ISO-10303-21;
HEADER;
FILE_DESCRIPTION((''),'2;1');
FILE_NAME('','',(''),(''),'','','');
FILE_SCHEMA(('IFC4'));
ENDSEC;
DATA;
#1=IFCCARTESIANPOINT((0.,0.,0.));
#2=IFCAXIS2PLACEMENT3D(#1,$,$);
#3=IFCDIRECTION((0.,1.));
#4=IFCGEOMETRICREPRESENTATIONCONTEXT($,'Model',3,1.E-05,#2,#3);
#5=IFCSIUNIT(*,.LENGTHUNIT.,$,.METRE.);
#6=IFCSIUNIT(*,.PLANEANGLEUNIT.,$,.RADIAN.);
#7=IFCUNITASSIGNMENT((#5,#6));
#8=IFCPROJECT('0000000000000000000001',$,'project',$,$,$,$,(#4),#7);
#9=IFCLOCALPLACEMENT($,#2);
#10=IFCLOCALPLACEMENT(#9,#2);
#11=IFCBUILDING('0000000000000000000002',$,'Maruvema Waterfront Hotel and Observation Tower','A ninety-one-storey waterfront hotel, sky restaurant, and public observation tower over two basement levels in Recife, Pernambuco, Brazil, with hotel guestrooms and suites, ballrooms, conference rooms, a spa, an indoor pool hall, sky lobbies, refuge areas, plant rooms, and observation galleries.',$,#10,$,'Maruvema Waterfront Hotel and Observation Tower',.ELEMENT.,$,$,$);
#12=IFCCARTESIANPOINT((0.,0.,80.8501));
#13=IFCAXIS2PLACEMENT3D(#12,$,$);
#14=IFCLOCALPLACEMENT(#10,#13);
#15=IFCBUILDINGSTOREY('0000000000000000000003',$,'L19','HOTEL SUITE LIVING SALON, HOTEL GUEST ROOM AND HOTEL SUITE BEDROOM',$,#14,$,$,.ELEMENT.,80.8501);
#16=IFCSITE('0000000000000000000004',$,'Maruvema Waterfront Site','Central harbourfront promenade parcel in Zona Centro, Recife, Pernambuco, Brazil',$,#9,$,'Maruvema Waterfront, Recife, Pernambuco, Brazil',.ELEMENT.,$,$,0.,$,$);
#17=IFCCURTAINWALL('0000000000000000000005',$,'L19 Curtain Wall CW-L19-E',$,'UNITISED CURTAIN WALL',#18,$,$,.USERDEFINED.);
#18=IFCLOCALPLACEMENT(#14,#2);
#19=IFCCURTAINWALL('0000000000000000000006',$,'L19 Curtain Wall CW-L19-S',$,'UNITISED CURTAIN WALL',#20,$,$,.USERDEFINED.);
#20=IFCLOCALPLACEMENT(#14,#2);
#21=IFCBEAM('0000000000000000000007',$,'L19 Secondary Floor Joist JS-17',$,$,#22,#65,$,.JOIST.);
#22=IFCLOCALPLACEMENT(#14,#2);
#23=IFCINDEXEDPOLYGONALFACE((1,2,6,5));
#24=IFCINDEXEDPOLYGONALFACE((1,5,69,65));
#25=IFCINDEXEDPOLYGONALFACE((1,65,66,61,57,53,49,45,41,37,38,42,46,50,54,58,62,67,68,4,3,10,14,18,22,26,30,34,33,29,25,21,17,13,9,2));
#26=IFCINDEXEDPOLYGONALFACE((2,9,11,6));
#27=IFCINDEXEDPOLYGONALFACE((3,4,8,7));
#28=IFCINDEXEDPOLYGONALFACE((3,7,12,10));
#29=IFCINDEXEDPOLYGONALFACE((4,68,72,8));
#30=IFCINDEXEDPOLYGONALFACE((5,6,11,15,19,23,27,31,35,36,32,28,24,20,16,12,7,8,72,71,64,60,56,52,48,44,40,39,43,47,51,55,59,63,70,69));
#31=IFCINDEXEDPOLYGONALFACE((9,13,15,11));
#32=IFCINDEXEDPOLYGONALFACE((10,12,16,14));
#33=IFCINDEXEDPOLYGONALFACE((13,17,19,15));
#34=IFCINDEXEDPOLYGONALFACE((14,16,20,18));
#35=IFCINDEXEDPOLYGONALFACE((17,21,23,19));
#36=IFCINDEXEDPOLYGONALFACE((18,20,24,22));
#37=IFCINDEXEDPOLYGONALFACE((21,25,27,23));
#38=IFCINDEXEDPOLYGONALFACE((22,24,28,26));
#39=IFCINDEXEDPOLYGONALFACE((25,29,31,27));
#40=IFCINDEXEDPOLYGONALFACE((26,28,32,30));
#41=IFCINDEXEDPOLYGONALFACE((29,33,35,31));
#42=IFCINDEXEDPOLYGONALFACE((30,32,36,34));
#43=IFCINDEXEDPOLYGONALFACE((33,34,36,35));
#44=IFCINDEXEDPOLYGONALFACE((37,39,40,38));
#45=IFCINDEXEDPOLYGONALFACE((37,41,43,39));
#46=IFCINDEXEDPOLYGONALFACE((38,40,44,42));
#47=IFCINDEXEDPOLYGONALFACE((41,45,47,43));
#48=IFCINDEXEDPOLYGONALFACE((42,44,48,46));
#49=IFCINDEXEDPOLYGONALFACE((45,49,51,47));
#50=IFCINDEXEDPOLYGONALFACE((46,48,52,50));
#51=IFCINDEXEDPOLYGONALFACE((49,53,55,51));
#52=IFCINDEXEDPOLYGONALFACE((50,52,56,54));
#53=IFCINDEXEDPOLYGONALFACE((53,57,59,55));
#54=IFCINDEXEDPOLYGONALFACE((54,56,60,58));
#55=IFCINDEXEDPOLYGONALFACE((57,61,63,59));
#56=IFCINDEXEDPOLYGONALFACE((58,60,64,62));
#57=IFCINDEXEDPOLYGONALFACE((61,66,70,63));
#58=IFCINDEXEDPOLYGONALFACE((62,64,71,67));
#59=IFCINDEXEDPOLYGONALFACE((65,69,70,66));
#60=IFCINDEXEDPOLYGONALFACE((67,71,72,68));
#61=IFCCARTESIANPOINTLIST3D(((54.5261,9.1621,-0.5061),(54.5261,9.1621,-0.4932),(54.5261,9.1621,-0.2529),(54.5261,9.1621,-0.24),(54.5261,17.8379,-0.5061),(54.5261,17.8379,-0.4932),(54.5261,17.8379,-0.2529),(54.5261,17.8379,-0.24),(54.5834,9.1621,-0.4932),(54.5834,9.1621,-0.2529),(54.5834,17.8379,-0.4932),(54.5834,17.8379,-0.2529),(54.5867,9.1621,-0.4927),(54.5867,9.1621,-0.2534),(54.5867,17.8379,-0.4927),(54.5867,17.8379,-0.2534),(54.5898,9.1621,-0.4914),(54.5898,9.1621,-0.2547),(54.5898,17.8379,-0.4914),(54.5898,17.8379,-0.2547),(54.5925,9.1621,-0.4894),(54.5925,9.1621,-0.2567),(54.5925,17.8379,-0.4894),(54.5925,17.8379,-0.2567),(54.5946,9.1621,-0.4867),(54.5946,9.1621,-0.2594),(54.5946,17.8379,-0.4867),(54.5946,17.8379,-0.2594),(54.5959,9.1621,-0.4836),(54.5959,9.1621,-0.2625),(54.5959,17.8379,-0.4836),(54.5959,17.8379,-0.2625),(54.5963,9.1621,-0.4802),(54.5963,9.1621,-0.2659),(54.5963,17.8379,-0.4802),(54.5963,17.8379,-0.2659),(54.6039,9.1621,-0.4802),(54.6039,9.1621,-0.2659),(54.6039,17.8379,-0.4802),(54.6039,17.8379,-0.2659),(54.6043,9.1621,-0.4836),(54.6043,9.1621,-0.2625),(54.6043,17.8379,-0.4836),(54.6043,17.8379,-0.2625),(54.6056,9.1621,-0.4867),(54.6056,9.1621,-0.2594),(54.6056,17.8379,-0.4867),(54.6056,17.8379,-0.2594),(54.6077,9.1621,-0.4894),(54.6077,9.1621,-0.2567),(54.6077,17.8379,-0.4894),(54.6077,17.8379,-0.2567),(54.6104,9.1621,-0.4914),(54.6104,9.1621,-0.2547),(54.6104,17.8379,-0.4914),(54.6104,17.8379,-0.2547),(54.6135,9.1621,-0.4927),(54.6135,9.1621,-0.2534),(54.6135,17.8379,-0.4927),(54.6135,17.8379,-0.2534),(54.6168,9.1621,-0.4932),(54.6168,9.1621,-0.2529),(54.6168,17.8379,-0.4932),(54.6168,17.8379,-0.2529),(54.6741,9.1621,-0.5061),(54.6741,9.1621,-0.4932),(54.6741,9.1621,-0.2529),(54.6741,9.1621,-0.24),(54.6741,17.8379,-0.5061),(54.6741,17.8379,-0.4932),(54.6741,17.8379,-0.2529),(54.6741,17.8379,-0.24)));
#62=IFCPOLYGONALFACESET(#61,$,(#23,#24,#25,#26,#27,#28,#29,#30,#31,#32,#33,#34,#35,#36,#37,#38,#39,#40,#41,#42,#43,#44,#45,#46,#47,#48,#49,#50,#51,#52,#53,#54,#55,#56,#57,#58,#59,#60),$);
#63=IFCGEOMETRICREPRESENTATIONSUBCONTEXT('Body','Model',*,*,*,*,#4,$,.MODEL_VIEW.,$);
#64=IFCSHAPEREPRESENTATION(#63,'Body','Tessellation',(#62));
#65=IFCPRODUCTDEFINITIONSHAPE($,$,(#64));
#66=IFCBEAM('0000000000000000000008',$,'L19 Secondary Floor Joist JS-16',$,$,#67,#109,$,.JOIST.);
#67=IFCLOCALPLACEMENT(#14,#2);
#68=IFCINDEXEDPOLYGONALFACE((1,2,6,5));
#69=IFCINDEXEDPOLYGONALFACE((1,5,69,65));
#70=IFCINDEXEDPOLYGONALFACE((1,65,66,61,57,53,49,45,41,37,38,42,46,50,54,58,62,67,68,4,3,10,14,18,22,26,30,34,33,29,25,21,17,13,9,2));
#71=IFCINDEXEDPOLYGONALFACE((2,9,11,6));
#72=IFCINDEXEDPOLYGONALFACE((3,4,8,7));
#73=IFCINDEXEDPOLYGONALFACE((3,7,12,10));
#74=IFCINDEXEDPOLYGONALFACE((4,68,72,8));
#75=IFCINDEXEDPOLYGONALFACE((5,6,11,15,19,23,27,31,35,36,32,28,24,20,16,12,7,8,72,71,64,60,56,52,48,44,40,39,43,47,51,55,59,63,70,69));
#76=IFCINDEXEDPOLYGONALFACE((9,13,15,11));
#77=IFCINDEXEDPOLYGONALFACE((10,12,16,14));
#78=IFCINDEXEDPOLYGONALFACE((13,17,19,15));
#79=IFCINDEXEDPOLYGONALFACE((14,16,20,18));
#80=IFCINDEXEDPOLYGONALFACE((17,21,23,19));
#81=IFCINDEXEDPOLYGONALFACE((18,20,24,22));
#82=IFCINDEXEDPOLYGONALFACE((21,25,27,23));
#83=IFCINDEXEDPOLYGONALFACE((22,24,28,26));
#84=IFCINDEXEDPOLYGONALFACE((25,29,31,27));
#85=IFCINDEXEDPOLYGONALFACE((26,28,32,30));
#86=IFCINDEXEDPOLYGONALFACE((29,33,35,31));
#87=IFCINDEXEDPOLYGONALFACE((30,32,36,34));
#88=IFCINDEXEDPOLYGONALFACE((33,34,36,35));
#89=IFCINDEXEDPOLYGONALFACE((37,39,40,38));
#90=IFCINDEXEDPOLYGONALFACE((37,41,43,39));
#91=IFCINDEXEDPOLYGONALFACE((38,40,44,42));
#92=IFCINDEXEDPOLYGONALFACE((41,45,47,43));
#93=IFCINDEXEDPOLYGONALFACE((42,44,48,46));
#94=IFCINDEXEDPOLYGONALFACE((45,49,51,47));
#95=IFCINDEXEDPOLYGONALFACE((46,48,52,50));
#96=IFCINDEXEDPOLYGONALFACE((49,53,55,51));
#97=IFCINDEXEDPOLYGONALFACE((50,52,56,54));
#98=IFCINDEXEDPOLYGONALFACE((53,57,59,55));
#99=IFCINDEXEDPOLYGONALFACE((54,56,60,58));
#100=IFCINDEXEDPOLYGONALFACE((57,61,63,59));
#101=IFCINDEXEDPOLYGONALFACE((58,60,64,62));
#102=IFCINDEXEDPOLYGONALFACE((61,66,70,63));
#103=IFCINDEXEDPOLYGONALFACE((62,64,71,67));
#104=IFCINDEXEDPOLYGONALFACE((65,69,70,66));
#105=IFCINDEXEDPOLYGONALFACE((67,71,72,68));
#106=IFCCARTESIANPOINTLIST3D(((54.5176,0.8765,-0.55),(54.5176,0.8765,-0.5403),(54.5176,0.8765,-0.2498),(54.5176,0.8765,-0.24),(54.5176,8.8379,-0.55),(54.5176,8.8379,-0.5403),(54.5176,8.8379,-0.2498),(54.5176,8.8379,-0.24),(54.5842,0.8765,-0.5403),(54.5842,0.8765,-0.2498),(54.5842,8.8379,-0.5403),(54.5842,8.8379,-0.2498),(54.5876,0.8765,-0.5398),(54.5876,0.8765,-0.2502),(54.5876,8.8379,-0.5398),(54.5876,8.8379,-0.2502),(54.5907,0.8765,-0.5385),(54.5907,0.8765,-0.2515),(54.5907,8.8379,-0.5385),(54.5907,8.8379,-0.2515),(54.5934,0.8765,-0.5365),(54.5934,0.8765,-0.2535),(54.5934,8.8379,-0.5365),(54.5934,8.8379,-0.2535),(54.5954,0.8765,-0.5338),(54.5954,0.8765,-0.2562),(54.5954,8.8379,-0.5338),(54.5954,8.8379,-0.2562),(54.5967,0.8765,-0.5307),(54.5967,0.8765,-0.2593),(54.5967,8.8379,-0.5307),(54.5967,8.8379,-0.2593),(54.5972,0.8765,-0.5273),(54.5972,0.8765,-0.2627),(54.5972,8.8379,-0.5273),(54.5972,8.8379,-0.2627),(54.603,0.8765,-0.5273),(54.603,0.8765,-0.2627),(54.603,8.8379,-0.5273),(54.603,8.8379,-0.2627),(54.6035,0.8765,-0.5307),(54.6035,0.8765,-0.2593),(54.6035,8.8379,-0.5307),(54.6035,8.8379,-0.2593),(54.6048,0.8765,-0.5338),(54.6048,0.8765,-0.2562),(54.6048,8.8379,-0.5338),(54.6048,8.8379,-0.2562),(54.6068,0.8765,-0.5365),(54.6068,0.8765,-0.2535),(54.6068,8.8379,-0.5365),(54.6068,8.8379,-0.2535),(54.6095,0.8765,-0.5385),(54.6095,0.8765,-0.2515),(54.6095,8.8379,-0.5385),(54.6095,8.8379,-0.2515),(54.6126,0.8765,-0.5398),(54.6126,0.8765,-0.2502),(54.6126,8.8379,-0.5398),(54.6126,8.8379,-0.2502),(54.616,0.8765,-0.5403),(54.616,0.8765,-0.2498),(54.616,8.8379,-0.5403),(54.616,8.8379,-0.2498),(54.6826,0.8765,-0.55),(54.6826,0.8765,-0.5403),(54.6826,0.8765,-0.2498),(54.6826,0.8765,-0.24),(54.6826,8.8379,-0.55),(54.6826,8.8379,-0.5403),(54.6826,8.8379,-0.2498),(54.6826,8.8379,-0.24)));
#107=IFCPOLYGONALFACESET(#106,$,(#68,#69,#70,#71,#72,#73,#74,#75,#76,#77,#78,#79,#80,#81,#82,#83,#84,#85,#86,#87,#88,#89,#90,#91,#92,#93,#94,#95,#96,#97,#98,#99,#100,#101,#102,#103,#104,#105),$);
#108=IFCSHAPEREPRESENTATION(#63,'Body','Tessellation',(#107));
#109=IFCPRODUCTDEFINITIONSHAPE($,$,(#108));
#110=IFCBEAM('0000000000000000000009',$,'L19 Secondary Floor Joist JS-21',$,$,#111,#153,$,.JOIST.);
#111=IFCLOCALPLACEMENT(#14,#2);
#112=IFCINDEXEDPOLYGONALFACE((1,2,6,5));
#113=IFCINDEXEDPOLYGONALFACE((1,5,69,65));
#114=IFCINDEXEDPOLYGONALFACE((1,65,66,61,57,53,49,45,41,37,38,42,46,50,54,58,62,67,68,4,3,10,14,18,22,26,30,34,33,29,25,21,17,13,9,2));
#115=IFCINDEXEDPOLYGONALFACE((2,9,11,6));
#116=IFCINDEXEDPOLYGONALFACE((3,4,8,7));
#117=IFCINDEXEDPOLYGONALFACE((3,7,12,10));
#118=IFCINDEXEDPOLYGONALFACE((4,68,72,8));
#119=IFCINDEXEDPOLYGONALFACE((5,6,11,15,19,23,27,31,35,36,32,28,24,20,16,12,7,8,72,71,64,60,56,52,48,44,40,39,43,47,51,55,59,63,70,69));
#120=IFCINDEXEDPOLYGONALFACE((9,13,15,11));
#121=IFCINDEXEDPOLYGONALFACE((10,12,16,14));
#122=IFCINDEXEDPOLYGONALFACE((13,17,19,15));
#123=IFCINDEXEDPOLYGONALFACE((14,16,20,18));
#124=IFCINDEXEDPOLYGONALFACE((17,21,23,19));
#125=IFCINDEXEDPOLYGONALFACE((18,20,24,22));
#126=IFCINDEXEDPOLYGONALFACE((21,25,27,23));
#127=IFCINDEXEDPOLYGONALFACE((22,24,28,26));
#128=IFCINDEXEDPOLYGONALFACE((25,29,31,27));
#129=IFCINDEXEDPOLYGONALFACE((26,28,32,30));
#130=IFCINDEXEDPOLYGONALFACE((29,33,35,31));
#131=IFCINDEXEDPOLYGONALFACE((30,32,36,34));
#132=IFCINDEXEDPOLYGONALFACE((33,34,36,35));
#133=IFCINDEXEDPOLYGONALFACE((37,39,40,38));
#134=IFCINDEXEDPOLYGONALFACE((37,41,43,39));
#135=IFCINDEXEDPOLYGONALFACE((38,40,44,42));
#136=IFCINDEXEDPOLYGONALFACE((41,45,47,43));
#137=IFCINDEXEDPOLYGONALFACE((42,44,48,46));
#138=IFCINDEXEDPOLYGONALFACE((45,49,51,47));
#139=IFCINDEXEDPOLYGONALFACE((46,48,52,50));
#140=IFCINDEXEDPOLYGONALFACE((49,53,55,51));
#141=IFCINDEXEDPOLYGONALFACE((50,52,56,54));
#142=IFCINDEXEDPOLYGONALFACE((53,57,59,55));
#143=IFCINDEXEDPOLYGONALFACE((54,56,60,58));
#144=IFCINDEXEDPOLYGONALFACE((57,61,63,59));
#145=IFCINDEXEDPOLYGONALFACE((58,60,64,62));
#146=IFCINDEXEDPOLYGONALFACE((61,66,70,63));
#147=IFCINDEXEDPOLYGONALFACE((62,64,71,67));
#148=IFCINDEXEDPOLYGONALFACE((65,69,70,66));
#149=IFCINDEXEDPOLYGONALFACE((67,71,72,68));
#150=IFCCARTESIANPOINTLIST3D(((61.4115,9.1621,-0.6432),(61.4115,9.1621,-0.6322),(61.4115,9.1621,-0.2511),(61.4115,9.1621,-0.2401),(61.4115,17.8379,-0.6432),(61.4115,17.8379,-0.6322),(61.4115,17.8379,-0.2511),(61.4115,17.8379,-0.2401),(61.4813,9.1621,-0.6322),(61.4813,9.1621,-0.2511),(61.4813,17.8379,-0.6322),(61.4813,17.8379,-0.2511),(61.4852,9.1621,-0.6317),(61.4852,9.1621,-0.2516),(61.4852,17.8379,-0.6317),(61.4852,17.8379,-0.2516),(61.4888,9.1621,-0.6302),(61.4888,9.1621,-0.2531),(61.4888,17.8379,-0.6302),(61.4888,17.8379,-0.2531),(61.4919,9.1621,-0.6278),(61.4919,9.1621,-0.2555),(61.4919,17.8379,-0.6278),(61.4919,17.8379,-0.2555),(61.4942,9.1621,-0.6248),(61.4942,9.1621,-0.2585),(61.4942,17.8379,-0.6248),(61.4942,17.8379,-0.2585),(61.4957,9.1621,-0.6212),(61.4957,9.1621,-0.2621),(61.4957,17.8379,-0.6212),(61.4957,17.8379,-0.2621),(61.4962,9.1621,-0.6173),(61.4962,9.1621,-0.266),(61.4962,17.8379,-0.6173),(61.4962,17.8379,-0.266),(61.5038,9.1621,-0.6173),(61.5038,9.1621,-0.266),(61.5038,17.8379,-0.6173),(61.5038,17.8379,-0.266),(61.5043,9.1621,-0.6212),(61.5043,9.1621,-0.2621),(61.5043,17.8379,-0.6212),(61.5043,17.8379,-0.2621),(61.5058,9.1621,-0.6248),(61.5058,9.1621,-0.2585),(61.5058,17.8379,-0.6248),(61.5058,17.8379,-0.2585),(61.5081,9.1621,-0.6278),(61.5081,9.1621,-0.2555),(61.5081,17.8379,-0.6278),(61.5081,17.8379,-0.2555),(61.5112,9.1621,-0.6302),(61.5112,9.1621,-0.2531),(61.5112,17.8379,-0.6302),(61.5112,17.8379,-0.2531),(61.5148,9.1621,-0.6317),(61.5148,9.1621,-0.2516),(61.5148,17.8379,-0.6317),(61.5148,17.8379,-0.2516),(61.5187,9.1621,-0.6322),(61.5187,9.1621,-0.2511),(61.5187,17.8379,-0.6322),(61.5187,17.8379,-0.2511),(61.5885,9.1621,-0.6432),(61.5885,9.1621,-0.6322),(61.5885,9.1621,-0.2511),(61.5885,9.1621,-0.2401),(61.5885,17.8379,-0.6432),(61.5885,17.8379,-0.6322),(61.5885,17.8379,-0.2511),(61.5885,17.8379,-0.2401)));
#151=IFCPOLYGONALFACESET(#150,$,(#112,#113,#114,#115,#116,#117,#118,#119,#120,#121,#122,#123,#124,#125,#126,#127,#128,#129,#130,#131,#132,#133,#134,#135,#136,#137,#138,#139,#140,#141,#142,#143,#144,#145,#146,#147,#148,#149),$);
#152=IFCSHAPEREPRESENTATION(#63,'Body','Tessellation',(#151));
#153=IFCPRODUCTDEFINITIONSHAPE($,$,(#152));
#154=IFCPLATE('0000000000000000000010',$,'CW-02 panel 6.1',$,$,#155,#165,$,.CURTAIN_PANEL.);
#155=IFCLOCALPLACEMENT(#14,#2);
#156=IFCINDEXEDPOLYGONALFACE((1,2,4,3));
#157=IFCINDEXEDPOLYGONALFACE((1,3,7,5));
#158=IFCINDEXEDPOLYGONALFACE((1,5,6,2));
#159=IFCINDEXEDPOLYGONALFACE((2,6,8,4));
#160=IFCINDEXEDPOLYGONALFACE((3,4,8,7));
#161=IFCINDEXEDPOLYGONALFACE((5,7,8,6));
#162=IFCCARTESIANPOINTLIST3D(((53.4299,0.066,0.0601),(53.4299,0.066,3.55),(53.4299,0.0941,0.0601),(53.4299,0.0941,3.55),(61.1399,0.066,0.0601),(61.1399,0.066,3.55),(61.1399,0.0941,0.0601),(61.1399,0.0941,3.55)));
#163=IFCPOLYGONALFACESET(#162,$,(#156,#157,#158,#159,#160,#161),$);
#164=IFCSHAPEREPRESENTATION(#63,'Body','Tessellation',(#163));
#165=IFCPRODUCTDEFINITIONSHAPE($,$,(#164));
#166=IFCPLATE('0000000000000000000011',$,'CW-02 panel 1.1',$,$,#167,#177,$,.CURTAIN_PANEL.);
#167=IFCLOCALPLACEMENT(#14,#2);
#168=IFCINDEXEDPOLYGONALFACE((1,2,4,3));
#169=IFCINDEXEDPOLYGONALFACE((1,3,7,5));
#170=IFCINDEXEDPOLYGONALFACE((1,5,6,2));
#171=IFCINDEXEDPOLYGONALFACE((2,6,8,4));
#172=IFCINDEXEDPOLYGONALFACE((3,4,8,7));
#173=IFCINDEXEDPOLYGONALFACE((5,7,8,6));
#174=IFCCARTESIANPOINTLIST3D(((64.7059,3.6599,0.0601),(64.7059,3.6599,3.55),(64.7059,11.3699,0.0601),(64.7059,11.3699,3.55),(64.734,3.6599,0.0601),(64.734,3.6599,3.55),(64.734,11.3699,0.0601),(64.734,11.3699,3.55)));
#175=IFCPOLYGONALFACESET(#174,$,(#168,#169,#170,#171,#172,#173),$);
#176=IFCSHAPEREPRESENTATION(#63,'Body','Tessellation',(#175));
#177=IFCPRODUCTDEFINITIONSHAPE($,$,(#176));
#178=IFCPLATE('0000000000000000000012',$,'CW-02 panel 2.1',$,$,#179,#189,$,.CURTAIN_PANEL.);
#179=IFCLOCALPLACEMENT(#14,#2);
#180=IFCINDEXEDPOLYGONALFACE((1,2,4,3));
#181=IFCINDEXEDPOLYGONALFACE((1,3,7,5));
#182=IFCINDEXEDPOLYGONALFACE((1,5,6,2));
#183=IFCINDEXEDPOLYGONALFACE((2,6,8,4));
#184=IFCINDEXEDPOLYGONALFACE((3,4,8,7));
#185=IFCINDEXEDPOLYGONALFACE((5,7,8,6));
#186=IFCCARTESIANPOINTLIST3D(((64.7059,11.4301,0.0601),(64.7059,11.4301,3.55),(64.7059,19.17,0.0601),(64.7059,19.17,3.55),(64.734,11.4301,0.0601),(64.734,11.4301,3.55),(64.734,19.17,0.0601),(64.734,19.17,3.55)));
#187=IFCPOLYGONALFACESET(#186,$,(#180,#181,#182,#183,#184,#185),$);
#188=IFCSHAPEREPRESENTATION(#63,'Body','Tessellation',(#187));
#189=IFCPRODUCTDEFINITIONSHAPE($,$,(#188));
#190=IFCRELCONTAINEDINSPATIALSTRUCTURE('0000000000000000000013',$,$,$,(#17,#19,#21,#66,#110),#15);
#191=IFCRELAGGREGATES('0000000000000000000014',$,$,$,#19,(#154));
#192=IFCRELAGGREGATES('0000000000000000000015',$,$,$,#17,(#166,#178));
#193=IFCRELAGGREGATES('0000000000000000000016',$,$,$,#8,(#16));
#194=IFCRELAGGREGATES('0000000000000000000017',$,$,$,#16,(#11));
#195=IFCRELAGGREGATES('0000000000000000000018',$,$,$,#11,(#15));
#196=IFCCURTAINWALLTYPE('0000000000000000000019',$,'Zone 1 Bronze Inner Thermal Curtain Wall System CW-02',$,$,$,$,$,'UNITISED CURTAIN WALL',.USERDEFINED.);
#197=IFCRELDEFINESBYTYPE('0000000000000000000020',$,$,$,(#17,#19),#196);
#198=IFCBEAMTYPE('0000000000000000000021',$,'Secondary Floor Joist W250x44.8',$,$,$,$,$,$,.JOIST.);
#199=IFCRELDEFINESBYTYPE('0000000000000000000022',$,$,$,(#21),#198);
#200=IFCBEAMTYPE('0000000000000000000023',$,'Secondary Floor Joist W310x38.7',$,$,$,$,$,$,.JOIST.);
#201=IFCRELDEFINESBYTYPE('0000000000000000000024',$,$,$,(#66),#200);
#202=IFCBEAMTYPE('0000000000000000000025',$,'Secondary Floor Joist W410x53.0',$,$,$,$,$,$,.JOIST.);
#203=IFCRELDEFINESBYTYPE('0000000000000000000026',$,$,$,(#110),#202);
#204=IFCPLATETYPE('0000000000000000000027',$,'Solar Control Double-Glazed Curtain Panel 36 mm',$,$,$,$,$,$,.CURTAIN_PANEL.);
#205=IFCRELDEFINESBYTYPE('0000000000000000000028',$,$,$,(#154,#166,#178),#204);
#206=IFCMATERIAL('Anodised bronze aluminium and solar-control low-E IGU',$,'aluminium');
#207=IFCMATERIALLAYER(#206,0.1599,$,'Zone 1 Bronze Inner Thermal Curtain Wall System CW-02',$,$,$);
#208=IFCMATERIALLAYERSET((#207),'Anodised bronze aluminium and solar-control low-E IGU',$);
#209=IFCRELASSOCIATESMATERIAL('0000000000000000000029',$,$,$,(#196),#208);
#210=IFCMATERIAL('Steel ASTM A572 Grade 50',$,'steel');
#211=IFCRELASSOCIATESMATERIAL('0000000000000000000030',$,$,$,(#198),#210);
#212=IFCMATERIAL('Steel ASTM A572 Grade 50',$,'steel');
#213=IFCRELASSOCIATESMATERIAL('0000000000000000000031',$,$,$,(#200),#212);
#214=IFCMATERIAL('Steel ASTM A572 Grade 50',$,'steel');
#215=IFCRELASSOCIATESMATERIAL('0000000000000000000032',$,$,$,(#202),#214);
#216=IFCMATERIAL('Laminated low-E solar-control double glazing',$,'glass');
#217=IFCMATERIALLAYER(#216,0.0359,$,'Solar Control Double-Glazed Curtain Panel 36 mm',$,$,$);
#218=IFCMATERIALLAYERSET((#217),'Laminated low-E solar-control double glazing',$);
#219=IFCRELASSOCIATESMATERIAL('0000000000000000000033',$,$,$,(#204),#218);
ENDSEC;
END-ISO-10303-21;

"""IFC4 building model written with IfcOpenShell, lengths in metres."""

from ifc_helpers import new_model, si_unit, direction, frame, origin, origin_2d, place, context, subcontext, project, spatial, rectangle, i_section, extrude, material, layer, layer_set, material_profile, profile_set, type_object, element, aggregate, save


model = new_model("IFC4")

# Units and contexts
model_context = context("Model", 3, precision=1e-05, world=origin(), true_north=direction((0.0, 1.0)))
body_context = subcontext(model_context, "Body", "Model", "MODEL_VIEW")
ifc_project = project(units=[si_unit("LENGTHUNIT", "METRE"), si_unit("PLANEANGLEUNIT", "RADIAN")], contexts=[model_context])

# Site, building, storey
site_placement = place(None, origin())
site = spatial("IfcSite", under=ifc_project, at=site_placement, Name="Maruvema Waterfront Site", Description="Central harbourfront promenade parcel in Zona Centro, Recife, Pernambuco, Brazil", LongName="Maruvema Waterfront, Recife, Pernambuco, Brazil", CompositionType="ELEMENT", RefElevation=0.0)
building_placement = place(site_placement, origin())
building = spatial("IfcBuilding", under=site, at=building_placement, Name="Maruvema Waterfront Hotel and Observation Tower", Description="A ninety-one-storey waterfront hotel, sky restaurant, and public observation tower over two basement levels in Recife, Pernambuco, Brazil, with hotel guestrooms and suites, ballrooms, conference rooms, a spa, an indoor pool hall, sky lobbies, refuge areas, plant rooms, and observation galleries.", LongName="Maruvema Waterfront Hotel and Observation Tower", CompositionType="ELEMENT")
storey_placement = place(building_placement, frame((0.0, 0.0, 80.8501)))
storey = spatial("IfcBuildingStorey", under=building, at=storey_placement, Name="L19", Description="HOTEL SUITE LIVING SALON, HOTEL GUEST ROOM AND HOTEL SUITE BEDROOM", CompositionType="ELEMENT", Elevation=80.8501)

# Curtain wall
ifc_material_1 = material(Name="Anodised bronze aluminium and solar-control low-E IGU", Category="aluminium")
ifc_layer_1 = layer(ifc_material_1, 0.1599, Name="Zone 1 Bronze Inner Thermal Curtain Wall System CW-02")
ifc_layer_set_1 = layer_set([ifc_layer_1], Name="Anodised bronze aluminium and solar-control low-E IGU")
curtain_wall_type = type_object("IfcCurtainWallType", Name="Zone 1 Bronze Inner Thermal Curtain Wall System CW-02", ElementType="UNITISED CURTAIN WALL", PredefinedType="USERDEFINED", material=ifc_layer_set_1)
curtain_wall_1_placement = place(storey_placement, origin())
curtain_wall_1 = element("IfcCurtainWall", 1, at=curtain_wall_1_placement, inside=storey, type_object=curtain_wall_type, Name="L19 Curtain Wall CW-L19-E", ObjectType="UNITISED CURTAIN WALL", PredefinedType="USERDEFINED")

# Curtain wall
curtain_wall_2_placement = place(storey_placement, origin())
curtain_wall_2 = element("IfcCurtainWall", 2, at=curtain_wall_2_placement, inside=storey, type_object=curtain_wall_type, Name="L19 Curtain Wall CW-L19-S", ObjectType="UNITISED CURTAIN WALL", PredefinedType="USERDEFINED")

# Beams
ifc_material_2 = material(Name="Steel ASTM A572 Grade 50", Category="steel")
ifc_material_profile_1 = material_profile(ifc_material_2, i_section(OverallWidth=0.1479, OverallDepth=0.2661, WebThickness=0.0076, FlangeThickness=0.0129, FilletRadius=0.0129, at=origin_2d()), Name="W250x44.8")
ifc_profile_set_1 = profile_set([ifc_material_profile_1], Name="Steel ASTM A572 Grade 50")
beam_type_1 = type_object("IfcBeamType", Name="Secondary Floor Joist W250x44.8", PredefinedType="JOIST", material=ifc_profile_set_1)
beam_1_placement = place(storey_placement, frame((54.6001, 9.1621, -0.373), z_axis=(0.0, 1.0, 0.0), x_axis=(-1.0, 0.0, 0.0)))
element("IfcBeam", 3, at=beam_1_placement, inside=storey, type_object=beam_type_1, Name="L19 Secondary Floor Joist JS-17", PredefinedType="JOIST", context=body_context, shape_type="SweptSolid", body=[
    extrude(i_section(OverallWidth=0.1479, OverallDepth=0.2661, WebThickness=0.0076, FlangeThickness=0.0129, FilletRadius=0.0129, at=origin_2d()), origin(), (0.0, 0.0, 1.0), 8.6758),
])
ifc_material_3 = material(Name="Steel ASTM A572 Grade 50", Category="steel")
ifc_material_profile_2 = material_profile(ifc_material_3, i_section(OverallWidth=0.165, OverallDepth=0.3101, WebThickness=0.0059, FlangeThickness=0.0098, FilletRadius=0.0129, at=origin_2d()), Name="W310x38.7")
ifc_profile_set_2 = profile_set([ifc_material_profile_2], Name="Steel ASTM A572 Grade 50")
beam_type_2 = type_object("IfcBeamType", Name="Secondary Floor Joist W310x38.7", PredefinedType="JOIST", material=ifc_profile_set_2)
beam_2_placement = place(storey_placement, frame((54.6001, 0.8765, -0.395), z_axis=(0.0, 1.0, 0.0), x_axis=(-1.0, 0.0, 0.0)))
element("IfcBeam", 4, at=beam_2_placement, inside=storey, type_object=beam_type_2, Name="L19 Secondary Floor Joist JS-16", PredefinedType="JOIST", context=body_context, shape_type="SweptSolid", body=[
    extrude(i_section(OverallWidth=0.165, OverallDepth=0.3101, WebThickness=0.0059, FlangeThickness=0.0098, FilletRadius=0.0129, at=origin_2d()), origin(), (0.0, 0.0, 1.0), 7.9614),
])
ifc_material_4 = material(Name="Steel ASTM A572 Grade 50", Category="steel")
ifc_material_profile_3 = material_profile(ifc_material_4, i_section(OverallWidth=0.177, OverallDepth=0.4031, WebThickness=0.0076, FlangeThickness=0.011, FilletRadius=0.0149, at=origin_2d()), Name="W410x53.0")
ifc_profile_set_3 = profile_set([ifc_material_profile_3], Name="Steel ASTM A572 Grade 50")
beam_type_3 = type_object("IfcBeamType", Name="Secondary Floor Joist W410x53.0", PredefinedType="JOIST", material=ifc_profile_set_3)
beam_3_placement = place(storey_placement, frame((61.5, 9.1621, -0.4417), z_axis=(0.0, 1.0, 0.0), x_axis=(-1.0, 0.0, 0.0)))
element("IfcBeam", 5, at=beam_3_placement, inside=storey, type_object=beam_type_3, Name="L19 Secondary Floor Joist JS-21", PredefinedType="JOIST", context=body_context, shape_type="SweptSolid", body=[
    extrude(i_section(OverallWidth=0.177, OverallDepth=0.4031, WebThickness=0.0076, FlangeThickness=0.011, FilletRadius=0.0149, at=origin_2d()), origin(), (0.0, 0.0, 1.0), 8.6758),
])

# Plates
ifc_material_5 = material(Name="Laminated low-E solar-control double glazing", Category="glass")
ifc_layer_2 = layer(ifc_material_5, 0.0359, Name="Solar Control Double-Glazed Curtain Panel 36 mm")
ifc_layer_set_2 = layer_set([ifc_layer_2], Name="Laminated low-E solar-control double glazing")
plate_type = type_object("IfcPlateType", Name="Solar Control Double-Glazed Curtain Panel 36 mm", PredefinedType="CURTAIN_PANEL", material=ifc_layer_set_2)
plate_1_placement = place(storey_placement, frame((57.2849, 0.0801, 0.0601), z_axis=(0.0, 0.0, 1.0), x_axis=(1.0, 0.0, 0.0)))
plate_1 = element("IfcPlate", 6, at=plate_1_placement, type_object=plate_type, Name="CW-02 panel 6.1", PredefinedType="CURTAIN_PANEL", context=body_context, shape_type="SweptSolid", body=[
    extrude(rectangle(XDim=7.71, YDim=0.0281, at=origin_2d()), origin(), (0.0, 0.0, 1.0), 3.49),
])
aggregate(curtain_wall_2, [plate_1])
plate_2_placement = place(storey_placement, frame((64.72, 7.5149, 0.0601), z_axis=(0.0, 0.0, 1.0), x_axis=(0.0, 1.0, 0.0)))
plate_2 = element("IfcPlate", 7, at=plate_2_placement, type_object=plate_type, Name="CW-02 panel 1.1", PredefinedType="CURTAIN_PANEL", context=body_context, shape_type="SweptSolid", body=[
    extrude(rectangle(XDim=7.71, YDim=0.0281, at=origin_2d()), origin(), (0.0, 0.0, 1.0), 3.49),
])
plate_3_placement = place(storey_placement, frame((64.72, 15.3, 0.0601), z_axis=(0.0, 0.0, 1.0), x_axis=(0.0, 1.0, 0.0)))
plate_3 = element("IfcPlate", 8, at=plate_3_placement, type_object=plate_type, Name="CW-02 panel 2.1", PredefinedType="CURTAIN_PANEL", context=body_context, shape_type="SweptSolid", body=[
    extrude(rectangle(XDim=7.74, YDim=0.0281, at=origin_2d()), origin(), (0.0, 0.0, 1.0), 3.49),
])
aggregate(curtain_wall_1, [plate_2, plate_3])

save(model, "model.ifc")
